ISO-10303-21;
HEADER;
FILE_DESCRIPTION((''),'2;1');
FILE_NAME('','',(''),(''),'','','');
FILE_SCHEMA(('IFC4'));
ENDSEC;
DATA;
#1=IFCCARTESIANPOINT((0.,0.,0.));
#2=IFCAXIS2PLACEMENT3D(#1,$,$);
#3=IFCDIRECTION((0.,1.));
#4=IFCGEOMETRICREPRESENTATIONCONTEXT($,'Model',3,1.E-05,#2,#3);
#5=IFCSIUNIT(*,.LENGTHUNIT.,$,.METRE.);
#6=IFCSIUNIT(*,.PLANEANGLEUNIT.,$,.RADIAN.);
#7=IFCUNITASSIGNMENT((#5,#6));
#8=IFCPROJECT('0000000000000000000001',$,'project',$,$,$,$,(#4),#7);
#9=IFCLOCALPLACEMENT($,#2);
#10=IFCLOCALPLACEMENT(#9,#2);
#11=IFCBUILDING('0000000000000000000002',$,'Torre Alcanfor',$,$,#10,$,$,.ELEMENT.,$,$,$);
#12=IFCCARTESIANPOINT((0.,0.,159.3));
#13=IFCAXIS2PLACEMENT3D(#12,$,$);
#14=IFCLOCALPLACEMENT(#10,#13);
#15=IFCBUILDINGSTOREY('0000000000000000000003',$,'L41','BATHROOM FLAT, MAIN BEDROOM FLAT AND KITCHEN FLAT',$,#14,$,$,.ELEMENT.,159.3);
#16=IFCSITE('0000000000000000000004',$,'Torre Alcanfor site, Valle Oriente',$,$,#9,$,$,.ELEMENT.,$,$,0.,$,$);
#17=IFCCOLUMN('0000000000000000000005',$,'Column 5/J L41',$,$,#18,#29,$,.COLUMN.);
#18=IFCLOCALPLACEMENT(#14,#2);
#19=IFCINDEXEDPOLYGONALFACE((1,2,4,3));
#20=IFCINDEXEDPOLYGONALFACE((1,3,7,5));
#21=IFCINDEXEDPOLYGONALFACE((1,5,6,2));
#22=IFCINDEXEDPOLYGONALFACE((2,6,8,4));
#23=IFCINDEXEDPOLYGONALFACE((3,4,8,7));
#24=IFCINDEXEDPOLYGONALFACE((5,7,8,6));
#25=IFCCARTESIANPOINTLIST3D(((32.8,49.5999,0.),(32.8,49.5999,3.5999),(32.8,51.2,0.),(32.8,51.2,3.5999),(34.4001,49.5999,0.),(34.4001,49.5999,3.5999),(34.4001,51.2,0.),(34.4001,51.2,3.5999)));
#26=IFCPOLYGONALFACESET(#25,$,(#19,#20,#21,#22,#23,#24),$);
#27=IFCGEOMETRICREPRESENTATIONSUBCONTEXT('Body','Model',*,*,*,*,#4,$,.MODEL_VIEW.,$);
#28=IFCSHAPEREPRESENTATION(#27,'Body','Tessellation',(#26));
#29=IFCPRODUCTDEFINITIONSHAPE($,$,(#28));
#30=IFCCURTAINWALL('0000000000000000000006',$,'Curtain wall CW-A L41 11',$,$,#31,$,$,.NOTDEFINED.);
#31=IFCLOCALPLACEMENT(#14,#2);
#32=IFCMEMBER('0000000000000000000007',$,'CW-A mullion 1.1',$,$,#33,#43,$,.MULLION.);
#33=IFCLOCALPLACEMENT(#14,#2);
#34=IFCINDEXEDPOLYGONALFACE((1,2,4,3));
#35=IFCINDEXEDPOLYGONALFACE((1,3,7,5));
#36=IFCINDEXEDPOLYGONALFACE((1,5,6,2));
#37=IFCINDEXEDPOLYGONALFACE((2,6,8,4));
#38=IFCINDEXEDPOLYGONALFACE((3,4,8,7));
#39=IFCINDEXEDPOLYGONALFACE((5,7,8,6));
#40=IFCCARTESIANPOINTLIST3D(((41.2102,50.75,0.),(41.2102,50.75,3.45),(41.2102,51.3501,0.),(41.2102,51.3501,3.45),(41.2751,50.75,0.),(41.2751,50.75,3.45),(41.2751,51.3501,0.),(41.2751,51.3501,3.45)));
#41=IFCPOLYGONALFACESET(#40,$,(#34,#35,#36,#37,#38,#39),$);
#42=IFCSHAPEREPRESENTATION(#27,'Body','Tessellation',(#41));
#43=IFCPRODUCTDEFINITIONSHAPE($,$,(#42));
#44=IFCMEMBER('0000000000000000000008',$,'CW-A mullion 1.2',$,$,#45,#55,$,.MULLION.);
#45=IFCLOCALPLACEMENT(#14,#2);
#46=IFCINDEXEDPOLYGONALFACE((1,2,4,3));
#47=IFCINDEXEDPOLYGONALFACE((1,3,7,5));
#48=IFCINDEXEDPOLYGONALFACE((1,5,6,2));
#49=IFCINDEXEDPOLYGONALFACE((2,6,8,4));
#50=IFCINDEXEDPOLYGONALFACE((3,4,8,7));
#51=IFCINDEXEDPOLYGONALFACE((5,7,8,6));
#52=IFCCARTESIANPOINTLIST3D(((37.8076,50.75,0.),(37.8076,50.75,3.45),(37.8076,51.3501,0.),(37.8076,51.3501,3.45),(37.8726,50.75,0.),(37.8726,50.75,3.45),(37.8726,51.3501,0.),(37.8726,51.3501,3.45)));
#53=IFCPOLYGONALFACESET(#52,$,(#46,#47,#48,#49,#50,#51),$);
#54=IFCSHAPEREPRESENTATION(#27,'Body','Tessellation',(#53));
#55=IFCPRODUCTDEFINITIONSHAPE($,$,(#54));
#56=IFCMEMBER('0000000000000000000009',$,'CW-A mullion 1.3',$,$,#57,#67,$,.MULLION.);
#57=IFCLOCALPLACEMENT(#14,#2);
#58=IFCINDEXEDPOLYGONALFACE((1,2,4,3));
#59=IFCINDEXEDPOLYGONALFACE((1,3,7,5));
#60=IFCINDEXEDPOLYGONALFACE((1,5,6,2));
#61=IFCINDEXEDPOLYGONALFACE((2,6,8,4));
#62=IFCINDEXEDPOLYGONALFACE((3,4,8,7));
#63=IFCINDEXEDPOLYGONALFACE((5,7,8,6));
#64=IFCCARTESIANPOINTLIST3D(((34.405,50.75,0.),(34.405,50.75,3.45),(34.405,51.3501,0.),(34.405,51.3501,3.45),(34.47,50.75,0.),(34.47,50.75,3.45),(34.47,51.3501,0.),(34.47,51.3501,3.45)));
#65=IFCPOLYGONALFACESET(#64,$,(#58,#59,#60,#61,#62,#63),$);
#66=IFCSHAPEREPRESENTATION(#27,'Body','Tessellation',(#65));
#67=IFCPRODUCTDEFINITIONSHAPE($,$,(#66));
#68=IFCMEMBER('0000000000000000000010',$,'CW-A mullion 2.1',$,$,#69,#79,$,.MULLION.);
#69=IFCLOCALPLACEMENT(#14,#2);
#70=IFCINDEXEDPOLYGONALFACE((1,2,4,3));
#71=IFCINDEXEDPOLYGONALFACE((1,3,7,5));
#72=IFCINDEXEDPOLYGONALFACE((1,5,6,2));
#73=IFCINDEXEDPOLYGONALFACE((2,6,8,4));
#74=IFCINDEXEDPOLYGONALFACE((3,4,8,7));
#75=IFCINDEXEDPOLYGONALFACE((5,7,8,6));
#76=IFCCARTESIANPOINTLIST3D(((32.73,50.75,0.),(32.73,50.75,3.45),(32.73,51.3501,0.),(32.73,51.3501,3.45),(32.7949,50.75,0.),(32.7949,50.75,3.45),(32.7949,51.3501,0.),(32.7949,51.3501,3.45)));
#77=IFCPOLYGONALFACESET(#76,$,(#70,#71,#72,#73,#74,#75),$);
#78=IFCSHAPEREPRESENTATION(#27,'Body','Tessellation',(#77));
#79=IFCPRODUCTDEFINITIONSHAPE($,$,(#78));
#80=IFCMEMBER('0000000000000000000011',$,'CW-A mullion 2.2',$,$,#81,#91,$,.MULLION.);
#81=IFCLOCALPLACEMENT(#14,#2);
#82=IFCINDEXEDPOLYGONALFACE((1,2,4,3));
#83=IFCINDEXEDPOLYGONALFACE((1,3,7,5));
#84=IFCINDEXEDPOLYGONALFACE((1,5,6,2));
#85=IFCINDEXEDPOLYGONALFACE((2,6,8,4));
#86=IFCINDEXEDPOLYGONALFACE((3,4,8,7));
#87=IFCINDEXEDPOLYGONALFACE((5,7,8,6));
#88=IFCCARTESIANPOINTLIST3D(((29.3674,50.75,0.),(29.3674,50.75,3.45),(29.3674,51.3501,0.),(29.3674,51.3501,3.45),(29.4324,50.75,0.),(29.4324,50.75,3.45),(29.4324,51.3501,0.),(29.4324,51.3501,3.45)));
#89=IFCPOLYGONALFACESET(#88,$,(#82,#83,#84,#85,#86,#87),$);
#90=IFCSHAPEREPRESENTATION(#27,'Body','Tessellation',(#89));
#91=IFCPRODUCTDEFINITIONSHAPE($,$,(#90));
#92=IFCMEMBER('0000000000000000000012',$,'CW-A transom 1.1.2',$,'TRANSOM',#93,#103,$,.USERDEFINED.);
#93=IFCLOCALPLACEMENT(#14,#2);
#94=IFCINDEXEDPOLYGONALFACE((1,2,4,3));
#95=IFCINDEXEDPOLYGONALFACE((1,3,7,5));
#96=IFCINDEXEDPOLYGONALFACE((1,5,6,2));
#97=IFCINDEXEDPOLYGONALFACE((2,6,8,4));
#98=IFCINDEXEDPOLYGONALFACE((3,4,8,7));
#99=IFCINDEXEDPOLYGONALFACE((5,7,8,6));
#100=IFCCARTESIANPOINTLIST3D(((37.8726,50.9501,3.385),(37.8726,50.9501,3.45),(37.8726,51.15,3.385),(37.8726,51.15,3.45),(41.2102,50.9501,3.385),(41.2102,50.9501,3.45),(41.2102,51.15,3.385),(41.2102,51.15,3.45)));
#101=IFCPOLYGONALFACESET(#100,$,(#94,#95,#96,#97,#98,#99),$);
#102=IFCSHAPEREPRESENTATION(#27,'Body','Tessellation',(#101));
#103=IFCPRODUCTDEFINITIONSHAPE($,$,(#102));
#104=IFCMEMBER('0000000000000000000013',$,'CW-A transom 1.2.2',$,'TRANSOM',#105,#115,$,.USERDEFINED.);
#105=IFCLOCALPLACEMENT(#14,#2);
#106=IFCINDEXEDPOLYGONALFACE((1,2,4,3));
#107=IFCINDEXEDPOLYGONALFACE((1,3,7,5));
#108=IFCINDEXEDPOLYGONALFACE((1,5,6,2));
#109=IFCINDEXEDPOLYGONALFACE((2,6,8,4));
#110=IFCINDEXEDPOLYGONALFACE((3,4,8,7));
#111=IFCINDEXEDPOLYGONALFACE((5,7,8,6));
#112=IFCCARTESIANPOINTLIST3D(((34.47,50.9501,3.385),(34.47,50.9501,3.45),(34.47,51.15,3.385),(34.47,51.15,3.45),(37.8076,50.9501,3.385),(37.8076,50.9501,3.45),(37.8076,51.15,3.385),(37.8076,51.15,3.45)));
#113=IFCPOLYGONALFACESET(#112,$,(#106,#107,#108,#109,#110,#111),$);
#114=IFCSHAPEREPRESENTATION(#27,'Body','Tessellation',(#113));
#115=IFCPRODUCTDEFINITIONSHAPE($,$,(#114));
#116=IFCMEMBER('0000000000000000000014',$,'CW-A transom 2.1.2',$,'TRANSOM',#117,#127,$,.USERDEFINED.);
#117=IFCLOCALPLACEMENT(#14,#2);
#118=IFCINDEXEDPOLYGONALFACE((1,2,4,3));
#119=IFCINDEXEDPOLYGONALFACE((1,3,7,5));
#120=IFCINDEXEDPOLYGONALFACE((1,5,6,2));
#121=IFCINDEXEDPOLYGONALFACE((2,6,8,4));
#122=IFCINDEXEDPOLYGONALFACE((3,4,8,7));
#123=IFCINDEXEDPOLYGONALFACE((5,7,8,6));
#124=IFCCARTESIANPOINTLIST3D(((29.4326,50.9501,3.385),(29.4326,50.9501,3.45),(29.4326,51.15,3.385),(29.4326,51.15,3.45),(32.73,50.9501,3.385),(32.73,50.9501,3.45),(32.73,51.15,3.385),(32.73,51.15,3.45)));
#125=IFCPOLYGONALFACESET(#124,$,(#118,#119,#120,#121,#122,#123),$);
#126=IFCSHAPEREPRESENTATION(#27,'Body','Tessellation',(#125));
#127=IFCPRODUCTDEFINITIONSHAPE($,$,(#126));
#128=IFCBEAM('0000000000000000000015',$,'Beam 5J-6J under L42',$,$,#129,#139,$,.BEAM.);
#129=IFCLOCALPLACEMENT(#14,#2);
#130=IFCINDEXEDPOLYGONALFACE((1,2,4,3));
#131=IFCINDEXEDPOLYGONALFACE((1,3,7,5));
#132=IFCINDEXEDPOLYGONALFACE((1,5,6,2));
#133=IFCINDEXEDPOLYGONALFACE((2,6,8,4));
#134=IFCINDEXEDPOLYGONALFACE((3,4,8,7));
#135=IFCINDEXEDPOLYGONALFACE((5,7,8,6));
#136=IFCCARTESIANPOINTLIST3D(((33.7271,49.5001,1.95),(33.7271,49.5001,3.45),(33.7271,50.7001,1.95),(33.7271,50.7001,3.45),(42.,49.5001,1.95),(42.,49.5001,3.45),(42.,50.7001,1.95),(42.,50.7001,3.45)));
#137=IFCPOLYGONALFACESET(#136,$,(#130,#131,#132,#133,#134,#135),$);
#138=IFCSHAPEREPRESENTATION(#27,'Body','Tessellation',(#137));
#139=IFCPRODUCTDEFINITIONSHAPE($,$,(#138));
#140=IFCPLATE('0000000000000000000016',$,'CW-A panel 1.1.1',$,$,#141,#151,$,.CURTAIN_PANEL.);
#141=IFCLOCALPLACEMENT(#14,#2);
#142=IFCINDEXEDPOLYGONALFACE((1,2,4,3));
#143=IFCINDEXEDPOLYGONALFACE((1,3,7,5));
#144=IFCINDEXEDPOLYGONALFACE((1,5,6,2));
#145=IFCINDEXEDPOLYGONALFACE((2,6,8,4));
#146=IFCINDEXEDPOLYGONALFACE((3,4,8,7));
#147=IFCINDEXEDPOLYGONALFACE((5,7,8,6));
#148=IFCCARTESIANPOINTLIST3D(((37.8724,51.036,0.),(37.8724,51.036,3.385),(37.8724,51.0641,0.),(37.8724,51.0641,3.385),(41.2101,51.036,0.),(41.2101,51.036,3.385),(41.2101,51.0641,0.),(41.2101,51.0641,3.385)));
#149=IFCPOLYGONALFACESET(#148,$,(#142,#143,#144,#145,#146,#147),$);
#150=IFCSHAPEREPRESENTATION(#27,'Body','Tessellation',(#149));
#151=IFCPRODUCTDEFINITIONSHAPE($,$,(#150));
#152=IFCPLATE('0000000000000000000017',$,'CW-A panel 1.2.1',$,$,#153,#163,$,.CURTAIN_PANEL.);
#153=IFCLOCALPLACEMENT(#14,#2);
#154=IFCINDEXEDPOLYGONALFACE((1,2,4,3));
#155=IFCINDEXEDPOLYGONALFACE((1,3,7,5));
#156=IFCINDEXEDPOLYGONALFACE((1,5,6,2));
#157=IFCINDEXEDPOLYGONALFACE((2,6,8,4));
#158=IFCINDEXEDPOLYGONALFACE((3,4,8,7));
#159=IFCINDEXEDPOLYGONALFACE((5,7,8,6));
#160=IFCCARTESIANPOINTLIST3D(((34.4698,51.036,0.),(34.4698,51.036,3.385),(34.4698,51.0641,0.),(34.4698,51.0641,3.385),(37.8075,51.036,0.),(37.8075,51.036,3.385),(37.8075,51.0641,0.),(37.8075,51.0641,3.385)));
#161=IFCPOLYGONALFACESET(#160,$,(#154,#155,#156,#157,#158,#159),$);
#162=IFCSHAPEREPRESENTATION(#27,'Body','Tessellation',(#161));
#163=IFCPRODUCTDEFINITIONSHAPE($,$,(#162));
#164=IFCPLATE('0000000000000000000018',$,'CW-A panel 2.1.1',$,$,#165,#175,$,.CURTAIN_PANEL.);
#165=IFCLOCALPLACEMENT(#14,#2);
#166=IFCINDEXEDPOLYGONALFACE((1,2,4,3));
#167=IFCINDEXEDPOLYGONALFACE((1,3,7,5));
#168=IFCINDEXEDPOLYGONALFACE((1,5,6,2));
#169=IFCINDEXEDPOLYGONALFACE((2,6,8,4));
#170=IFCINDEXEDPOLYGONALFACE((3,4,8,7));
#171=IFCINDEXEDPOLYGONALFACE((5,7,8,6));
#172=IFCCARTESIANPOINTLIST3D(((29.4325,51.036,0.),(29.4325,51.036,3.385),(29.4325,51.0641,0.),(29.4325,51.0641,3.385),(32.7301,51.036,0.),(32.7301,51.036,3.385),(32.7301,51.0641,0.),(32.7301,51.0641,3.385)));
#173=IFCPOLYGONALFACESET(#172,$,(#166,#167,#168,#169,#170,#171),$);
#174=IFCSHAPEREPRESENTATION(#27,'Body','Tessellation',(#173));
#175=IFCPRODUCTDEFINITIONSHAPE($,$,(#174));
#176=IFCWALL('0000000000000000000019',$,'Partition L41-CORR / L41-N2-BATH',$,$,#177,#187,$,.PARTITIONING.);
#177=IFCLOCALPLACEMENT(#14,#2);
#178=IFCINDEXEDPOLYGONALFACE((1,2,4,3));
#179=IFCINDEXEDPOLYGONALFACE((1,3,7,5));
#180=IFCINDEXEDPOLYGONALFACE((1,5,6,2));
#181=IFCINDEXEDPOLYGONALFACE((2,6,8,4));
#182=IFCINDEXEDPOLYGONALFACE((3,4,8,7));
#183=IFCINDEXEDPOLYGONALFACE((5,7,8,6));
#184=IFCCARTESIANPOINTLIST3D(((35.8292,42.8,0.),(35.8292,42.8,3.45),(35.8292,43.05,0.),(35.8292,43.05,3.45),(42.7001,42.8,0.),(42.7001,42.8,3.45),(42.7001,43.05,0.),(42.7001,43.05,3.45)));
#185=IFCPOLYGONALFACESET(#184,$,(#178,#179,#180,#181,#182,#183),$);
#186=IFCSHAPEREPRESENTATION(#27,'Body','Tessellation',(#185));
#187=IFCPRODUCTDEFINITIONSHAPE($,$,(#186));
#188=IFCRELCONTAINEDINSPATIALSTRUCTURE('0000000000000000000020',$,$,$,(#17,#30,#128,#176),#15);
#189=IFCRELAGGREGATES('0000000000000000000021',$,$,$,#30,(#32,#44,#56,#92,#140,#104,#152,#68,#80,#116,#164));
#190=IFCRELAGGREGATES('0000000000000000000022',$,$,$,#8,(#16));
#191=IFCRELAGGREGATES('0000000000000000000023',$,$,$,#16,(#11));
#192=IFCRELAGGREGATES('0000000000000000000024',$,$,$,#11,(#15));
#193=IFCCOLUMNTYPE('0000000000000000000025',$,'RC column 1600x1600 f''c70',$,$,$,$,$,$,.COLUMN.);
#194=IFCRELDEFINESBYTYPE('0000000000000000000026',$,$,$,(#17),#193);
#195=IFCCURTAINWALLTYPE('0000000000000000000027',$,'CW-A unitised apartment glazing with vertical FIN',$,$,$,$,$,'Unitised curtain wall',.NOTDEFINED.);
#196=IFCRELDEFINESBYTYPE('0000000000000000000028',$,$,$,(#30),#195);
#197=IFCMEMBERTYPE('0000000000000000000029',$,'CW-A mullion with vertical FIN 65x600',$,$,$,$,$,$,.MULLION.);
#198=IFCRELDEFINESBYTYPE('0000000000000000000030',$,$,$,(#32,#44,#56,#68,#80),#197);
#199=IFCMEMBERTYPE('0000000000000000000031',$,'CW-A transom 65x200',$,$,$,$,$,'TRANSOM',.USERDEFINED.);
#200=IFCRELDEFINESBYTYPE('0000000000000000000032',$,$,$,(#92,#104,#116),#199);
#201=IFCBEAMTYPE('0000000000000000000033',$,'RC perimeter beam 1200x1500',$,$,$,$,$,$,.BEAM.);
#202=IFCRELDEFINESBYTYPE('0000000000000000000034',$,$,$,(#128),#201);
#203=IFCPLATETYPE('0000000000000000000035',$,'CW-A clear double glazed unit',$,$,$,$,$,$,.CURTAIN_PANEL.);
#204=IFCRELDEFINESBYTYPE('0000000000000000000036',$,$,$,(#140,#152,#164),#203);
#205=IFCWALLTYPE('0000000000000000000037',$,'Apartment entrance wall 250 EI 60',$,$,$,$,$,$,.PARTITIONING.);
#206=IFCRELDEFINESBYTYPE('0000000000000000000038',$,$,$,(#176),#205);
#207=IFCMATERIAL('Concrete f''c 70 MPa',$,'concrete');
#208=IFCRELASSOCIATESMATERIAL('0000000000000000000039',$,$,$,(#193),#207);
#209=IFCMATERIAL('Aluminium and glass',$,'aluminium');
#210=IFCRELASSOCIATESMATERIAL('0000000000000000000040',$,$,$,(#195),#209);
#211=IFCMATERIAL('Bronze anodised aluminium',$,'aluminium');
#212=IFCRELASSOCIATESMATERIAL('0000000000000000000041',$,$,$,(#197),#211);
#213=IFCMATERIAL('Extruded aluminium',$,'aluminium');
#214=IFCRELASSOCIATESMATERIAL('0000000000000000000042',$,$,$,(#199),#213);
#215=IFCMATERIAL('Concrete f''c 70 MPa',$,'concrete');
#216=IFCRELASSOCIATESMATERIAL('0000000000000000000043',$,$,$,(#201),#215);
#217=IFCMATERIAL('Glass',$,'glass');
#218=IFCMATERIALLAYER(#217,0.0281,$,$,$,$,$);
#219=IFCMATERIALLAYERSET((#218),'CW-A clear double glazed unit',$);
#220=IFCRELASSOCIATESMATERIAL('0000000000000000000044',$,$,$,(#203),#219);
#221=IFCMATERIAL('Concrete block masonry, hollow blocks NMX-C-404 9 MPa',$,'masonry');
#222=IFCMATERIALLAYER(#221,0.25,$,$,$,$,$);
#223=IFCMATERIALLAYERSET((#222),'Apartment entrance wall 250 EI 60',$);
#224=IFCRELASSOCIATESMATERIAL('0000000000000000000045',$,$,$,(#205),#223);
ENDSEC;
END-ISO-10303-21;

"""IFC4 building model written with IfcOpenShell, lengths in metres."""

from ifc_helpers import new_model, si_unit, direction, frame, frame_2d, origin, origin_2d, place, context, subcontext, project, spatial, rectangle, extrude, material, layer, layer_set, material_profile, profile_set, type_object, element, aggregate, save


model = new_model("IFC4")

# Units and contexts
model_context = context("Model", 3, precision=1e-05, world=origin(), true_north=direction((0.0, 1.0)))
body_context = subcontext(model_context, "Body", "Model", "MODEL_VIEW")
ifc_project = project(units=[si_unit("LENGTHUNIT", "METRE"), si_unit("PLANEANGLEUNIT", "RADIAN")], contexts=[model_context])

# Site, building, storey
site_placement = place(None, origin())
site = spatial("IfcSite", under=ifc_project, at=site_placement, Name="Torre Alcanfor site, Valle Oriente", CompositionType="ELEMENT", RefElevation=0.0)
building_placement = place(site_placement, origin())
building = spatial("IfcBuilding", under=site, at=building_placement, Name="Torre Alcanfor", CompositionType="ELEMENT")
storey_placement = place(building_placement, frame((0.0, 0.0, 159.3)))
storey = spatial("IfcBuildingStorey", under=building, at=storey_placement, Name="L41", Description="BATHROOM FLAT, MAIN BEDROOM FLAT AND KITCHEN FLAT", CompositionType="ELEMENT", Elevation=159.3)

# Column
ifc_material_1 = material(Name="Concrete f'c 70 MPa", Category="concrete")
ifc_material_profile_1 = material_profile(ifc_material_1, rectangle(XDim=1.6001, YDim=1.6001, at=origin_2d()), Name="1600x1600")
ifc_profile_set_1 = profile_set([ifc_material_profile_1], Name="Concrete f'c 70 MPa")
column_type = type_object("IfcColumnType", Name="RC column 1600x1600 f'c70", PredefinedType="COLUMN", material=ifc_profile_set_1)
column_placement = place(storey_placement, frame((33.6001, 50.3999, 0.0), z_axis=(0.0, 0.0, 1.0), x_axis=(1.0, 0.0, 0.0)))
element("IfcColumn", 1, at=column_placement, inside=storey, type_object=column_type, Name="Column 5/J L41", PredefinedType="COLUMN", context=body_context, shape_type="SweptSolid", body=[
    extrude(rectangle(XDim=1.6001, YDim=1.6001, at=origin_2d()), origin(), (0.0, 0.0, 1.0), 3.5999),
])

# Curtain wall, members
ifc_material_2 = material(Name="Aluminium and glass", Category="aluminium")
curtain_wall_type = type_object("IfcCurtainWallType", Name="CW-A unitised apartment glazing with vertical FIN", ElementType="Unitised curtain wall", PredefinedType="NOTDEFINED", material=ifc_material_2)
curtain_wall_placement = place(storey_placement, origin())
curtain_wall = element("IfcCurtainWall", 2, at=curtain_wall_placement, inside=storey, type_object=curtain_wall_type, Name="Curtain wall CW-A L41 11", PredefinedType="NOTDEFINED")
ifc_material_3 = material(Name="Bronze anodised aluminium", Category="aluminium")
ifc_material_profile_2 = material_profile(ifc_material_3, rectangle(XDim=0.6001, YDim=0.0649, at=origin_2d()), Name="CW-A mullion 65x600")
ifc_profile_set_2 = profile_set([ifc_material_profile_2], Name="Bronze anodised aluminium")
member_type_1 = type_object("IfcMemberType", Name="CW-A mullion with vertical FIN 65x600", PredefinedType="MULLION", material=ifc_profile_set_2)
member_1_placement = place(storey_placement, frame((41.2427, 51.05, 0.0), z_axis=(0.0, 0.0, 1.0), x_axis=(0.0, -1.0, 0.0)))
member_1 = element("IfcMember", 3, at=member_1_placement, type_object=member_type_1, Name="CW-A mullion 1.1", PredefinedType="MULLION", context=body_context, shape_type="SweptSolid", body=[
    extrude(rectangle(XDim=0.6001, YDim=0.0649, at=origin_2d()), origin(), (0.0, 0.0, 1.0), 3.45),
])
member_2_placement = place(storey_placement, frame((37.8401, 51.05, 0.0), z_axis=(0.0, 0.0, 1.0), x_axis=(0.0, -1.0, 0.0)))
member_2 = element("IfcMember", 4, at=member_2_placement, type_object=member_type_1, Name="CW-A mullion 1.2", PredefinedType="MULLION", context=body_context, shape_type="SweptSolid", body=[
    extrude(rectangle(XDim=0.6001, YDim=0.0649, at=origin_2d()), origin(), (0.0, 0.0, 1.0), 3.45),
])
member_3_placement = place(storey_placement, frame((34.4375, 51.05, 0.0), z_axis=(0.0, 0.0, 1.0), x_axis=(0.0, -1.0, 0.0)))
member_3 = element("IfcMember", 5, at=member_3_placement, type_object=member_type_1, Name="CW-A mullion 1.3", PredefinedType="MULLION", context=body_context, shape_type="SweptSolid", body=[
    extrude(rectangle(XDim=0.6001, YDim=0.0649, at=origin_2d()), origin(), (0.0, 0.0, 1.0), 3.45),
])
member_4_placement = place(storey_placement, frame((32.7625, 51.05, 0.0), z_axis=(0.0, 0.0, 1.0), x_axis=(0.0, -1.0, 0.0)))
member_4 = element("IfcMember", 6, at=member_4_placement, type_object=member_type_1, Name="CW-A mullion 2.1", PredefinedType="MULLION", context=body_context, shape_type="SweptSolid", body=[
    extrude(rectangle(XDim=0.6001, YDim=0.0649, at=origin_2d()), origin(), (0.0, 0.0, 1.0), 3.45),
])
member_5_placement = place(storey_placement, frame((29.3999, 51.05, 0.0), z_axis=(0.0, 0.0, 1.0), x_axis=(0.0, -1.0, 0.0)))
member_5 = element("IfcMember", 7, at=member_5_placement, type_object=member_type_1, Name="CW-A mullion 2.2", PredefinedType="MULLION", context=body_context, shape_type="SweptSolid", body=[
    extrude(rectangle(XDim=0.6001, YDim=0.0649, at=origin_2d()), origin(), (0.0, 0.0, 1.0), 3.45),
])
ifc_material_4 = material(Name="Extruded aluminium", Category="aluminium")
ifc_material_profile_3 = material_profile(ifc_material_4, rectangle(XDim=0.2, YDim=0.0649, at=origin_2d()), Name="CW-A transom 200x65")
ifc_profile_set_3 = profile_set([ifc_material_profile_3], Name="Extruded aluminium")
member_type_2 = type_object("IfcMemberType", Name="CW-A transom 65x200", ElementType="TRANSOM", PredefinedType="USERDEFINED", material=ifc_profile_set_3)
member_6_placement = place(storey_placement, frame((41.2102, 51.05, 3.4175), z_axis=(-1.0, 0.0, 0.0), x_axis=(0.0, -1.0, 0.0)))
member_6 = element("IfcMember", 8, at=member_6_placement, type_object=member_type_2, Name="CW-A transom 1.1.2", ObjectType="TRANSOM", PredefinedType="USERDEFINED", context=body_context, shape_type="SweptSolid", body=[
    extrude(rectangle(XDim=0.2, YDim=0.0649, at=origin_2d()), origin(), (0.0, 0.0, 1.0), 3.3376),
])
member_7_placement = place(storey_placement, frame((37.8076, 51.05, 3.4175), z_axis=(-1.0, 0.0, 0.0), x_axis=(0.0, -1.0, 0.0)))
member_7 = element("IfcMember", 9, at=member_7_placement, type_object=member_type_2, Name="CW-A transom 1.2.2", ObjectType="TRANSOM", PredefinedType="USERDEFINED", context=body_context, shape_type="SweptSolid", body=[
    extrude(rectangle(XDim=0.2, YDim=0.0649, at=origin_2d()), origin(), (0.0, 0.0, 1.0), 3.3376),
])
member_8_placement = place(storey_placement, frame((32.73, 51.05, 3.4175), z_axis=(-1.0, 0.0, 0.0), x_axis=(0.0, -1.0, 0.0)))
member_8 = element("IfcMember", 10, at=member_8_placement, type_object=member_type_2, Name="CW-A transom 2.1.2", ObjectType="TRANSOM", PredefinedType="USERDEFINED", context=body_context, shape_type="SweptSolid", body=[
    extrude(rectangle(XDim=0.2, YDim=0.0649, at=origin_2d()), origin(), (0.0, 0.0, 1.0), 3.2974),
])

# Beam
ifc_material_5 = material(Name="Concrete f'c 70 MPa", Category="concrete")
ifc_material_profile_4 = material_profile(ifc_material_5, rectangle(XDim=1.2, YDim=1.5, at=origin_2d()), Name="1200x1500")
ifc_profile_set_4 = profile_set([ifc_material_profile_4], Name="Concrete f'c 70 MPa")
beam_type = type_object("IfcBeamType", Name="RC perimeter beam 1200x1500", PredefinedType="BEAM", material=ifc_profile_set_4)
beam_placement = place(storey_placement, frame((33.7271, 50.1001, 2.7), z_axis=(1.0, 0.0, 0.0), x_axis=(0.0, 1.0, 0.0)))
element("IfcBeam", 11, at=beam_placement, inside=storey, type_object=beam_type, Name="Beam 5J-6J under L42", PredefinedType="BEAM", context=body_context, shape_type="SweptSolid", body=[
    extrude(rectangle(XDim=1.2, YDim=1.5, at=origin_2d()), origin(), (0.0, 0.0, 1.0), 8.2729),
])

# Plates
ifc_material_6 = material(Name="Glass", Category="glass")
ifc_layer_1 = layer(ifc_material_6, 0.0281)
ifc_layer_set_1 = layer_set([ifc_layer_1], Name="CW-A clear double glazed unit")
plate_type = type_object("IfcPlateType", Name="CW-A clear double glazed unit", PredefinedType="CURTAIN_PANEL", material=ifc_layer_set_1)
plate_1_placement = place(storey_placement, frame((39.5413, 51.05, 0.0), z_axis=(0.0, 0.0, 1.0), x_axis=(-1.0, 0.0, 0.0)))
plate_1 = element("IfcPlate", 12, at=plate_1_placement, type_object=plate_type, Name="CW-A panel 1.1.1", PredefinedType="CURTAIN_PANEL", context=body_context, shape_type="SweptSolid", body=[
    extrude(rectangle(XDim=3.3376, YDim=0.0281, at=origin_2d()), origin(), (0.0, 0.0, 1.0), 3.385),
])
plate_2_placement = place(storey_placement, frame((36.1387, 51.05, 0.0), z_axis=(0.0, 0.0, 1.0), x_axis=(-1.0, 0.0, 0.0)))
plate_2 = element("IfcPlate", 13, at=plate_2_placement, type_object=plate_type, Name="CW-A panel 1.2.1", PredefinedType="CURTAIN_PANEL", context=body_context, shape_type="SweptSolid", body=[
    extrude(rectangle(XDim=3.3376, YDim=0.0281, at=origin_2d()), origin(), (0.0, 0.0, 1.0), 3.385),
])
plate_3_placement = place(storey_placement, frame((31.0813, 51.05, 0.0), z_axis=(0.0, 0.0, 1.0), x_axis=(-1.0, 0.0, 0.0)))
plate_3 = element("IfcPlate", 14, at=plate_3_placement, type_object=plate_type, Name="CW-A panel 2.1.1", PredefinedType="CURTAIN_PANEL", context=body_context, shape_type="SweptSolid", body=[
    extrude(rectangle(XDim=3.2976, YDim=0.0281, at=origin_2d()), origin(), (0.0, 0.0, 1.0), 3.385),
])
aggregate(curtain_wall, [member_1, member_2, member_3, member_6, plate_1, member_7, plate_2, member_4, member_5, member_8, plate_3])

# Wall
ifc_material_7 = material(Name="Concrete block masonry, hollow blocks NMX-C-404 9 MPa", Category="masonry")
ifc_layer_2 = layer(ifc_material_7, 0.25)
ifc_layer_set_2 = layer_set([ifc_layer_2], Name="Apartment entrance wall 250 EI 60")
wall_type_1 = type_object("IfcWallType", Name="Apartment entrance wall 250 EI 60", PredefinedType="PARTITIONING", material=ifc_layer_set_2)
wall_1_placement = place(storey_placement, frame((35.8291, 42.925, 0.0), z_axis=(0.0, 0.0, 1.0), x_axis=(1.0, 0.0, 0.0)))
element("IfcWall", 15, at=wall_1_placement, inside=storey, type_object=wall_type_1, Name="Partition L41-CORR / L41-N2-BATH", PredefinedType="PARTITIONING", context=body_context, shape_type="SweptSolid", body=[
    extrude(rectangle(XDim=6.8708, YDim=0.25, at=frame_2d((3.4355, 0.0))), origin(), (0.0, 0.0, 1.0), 3.45),
])

save(model, "model.ifc")
